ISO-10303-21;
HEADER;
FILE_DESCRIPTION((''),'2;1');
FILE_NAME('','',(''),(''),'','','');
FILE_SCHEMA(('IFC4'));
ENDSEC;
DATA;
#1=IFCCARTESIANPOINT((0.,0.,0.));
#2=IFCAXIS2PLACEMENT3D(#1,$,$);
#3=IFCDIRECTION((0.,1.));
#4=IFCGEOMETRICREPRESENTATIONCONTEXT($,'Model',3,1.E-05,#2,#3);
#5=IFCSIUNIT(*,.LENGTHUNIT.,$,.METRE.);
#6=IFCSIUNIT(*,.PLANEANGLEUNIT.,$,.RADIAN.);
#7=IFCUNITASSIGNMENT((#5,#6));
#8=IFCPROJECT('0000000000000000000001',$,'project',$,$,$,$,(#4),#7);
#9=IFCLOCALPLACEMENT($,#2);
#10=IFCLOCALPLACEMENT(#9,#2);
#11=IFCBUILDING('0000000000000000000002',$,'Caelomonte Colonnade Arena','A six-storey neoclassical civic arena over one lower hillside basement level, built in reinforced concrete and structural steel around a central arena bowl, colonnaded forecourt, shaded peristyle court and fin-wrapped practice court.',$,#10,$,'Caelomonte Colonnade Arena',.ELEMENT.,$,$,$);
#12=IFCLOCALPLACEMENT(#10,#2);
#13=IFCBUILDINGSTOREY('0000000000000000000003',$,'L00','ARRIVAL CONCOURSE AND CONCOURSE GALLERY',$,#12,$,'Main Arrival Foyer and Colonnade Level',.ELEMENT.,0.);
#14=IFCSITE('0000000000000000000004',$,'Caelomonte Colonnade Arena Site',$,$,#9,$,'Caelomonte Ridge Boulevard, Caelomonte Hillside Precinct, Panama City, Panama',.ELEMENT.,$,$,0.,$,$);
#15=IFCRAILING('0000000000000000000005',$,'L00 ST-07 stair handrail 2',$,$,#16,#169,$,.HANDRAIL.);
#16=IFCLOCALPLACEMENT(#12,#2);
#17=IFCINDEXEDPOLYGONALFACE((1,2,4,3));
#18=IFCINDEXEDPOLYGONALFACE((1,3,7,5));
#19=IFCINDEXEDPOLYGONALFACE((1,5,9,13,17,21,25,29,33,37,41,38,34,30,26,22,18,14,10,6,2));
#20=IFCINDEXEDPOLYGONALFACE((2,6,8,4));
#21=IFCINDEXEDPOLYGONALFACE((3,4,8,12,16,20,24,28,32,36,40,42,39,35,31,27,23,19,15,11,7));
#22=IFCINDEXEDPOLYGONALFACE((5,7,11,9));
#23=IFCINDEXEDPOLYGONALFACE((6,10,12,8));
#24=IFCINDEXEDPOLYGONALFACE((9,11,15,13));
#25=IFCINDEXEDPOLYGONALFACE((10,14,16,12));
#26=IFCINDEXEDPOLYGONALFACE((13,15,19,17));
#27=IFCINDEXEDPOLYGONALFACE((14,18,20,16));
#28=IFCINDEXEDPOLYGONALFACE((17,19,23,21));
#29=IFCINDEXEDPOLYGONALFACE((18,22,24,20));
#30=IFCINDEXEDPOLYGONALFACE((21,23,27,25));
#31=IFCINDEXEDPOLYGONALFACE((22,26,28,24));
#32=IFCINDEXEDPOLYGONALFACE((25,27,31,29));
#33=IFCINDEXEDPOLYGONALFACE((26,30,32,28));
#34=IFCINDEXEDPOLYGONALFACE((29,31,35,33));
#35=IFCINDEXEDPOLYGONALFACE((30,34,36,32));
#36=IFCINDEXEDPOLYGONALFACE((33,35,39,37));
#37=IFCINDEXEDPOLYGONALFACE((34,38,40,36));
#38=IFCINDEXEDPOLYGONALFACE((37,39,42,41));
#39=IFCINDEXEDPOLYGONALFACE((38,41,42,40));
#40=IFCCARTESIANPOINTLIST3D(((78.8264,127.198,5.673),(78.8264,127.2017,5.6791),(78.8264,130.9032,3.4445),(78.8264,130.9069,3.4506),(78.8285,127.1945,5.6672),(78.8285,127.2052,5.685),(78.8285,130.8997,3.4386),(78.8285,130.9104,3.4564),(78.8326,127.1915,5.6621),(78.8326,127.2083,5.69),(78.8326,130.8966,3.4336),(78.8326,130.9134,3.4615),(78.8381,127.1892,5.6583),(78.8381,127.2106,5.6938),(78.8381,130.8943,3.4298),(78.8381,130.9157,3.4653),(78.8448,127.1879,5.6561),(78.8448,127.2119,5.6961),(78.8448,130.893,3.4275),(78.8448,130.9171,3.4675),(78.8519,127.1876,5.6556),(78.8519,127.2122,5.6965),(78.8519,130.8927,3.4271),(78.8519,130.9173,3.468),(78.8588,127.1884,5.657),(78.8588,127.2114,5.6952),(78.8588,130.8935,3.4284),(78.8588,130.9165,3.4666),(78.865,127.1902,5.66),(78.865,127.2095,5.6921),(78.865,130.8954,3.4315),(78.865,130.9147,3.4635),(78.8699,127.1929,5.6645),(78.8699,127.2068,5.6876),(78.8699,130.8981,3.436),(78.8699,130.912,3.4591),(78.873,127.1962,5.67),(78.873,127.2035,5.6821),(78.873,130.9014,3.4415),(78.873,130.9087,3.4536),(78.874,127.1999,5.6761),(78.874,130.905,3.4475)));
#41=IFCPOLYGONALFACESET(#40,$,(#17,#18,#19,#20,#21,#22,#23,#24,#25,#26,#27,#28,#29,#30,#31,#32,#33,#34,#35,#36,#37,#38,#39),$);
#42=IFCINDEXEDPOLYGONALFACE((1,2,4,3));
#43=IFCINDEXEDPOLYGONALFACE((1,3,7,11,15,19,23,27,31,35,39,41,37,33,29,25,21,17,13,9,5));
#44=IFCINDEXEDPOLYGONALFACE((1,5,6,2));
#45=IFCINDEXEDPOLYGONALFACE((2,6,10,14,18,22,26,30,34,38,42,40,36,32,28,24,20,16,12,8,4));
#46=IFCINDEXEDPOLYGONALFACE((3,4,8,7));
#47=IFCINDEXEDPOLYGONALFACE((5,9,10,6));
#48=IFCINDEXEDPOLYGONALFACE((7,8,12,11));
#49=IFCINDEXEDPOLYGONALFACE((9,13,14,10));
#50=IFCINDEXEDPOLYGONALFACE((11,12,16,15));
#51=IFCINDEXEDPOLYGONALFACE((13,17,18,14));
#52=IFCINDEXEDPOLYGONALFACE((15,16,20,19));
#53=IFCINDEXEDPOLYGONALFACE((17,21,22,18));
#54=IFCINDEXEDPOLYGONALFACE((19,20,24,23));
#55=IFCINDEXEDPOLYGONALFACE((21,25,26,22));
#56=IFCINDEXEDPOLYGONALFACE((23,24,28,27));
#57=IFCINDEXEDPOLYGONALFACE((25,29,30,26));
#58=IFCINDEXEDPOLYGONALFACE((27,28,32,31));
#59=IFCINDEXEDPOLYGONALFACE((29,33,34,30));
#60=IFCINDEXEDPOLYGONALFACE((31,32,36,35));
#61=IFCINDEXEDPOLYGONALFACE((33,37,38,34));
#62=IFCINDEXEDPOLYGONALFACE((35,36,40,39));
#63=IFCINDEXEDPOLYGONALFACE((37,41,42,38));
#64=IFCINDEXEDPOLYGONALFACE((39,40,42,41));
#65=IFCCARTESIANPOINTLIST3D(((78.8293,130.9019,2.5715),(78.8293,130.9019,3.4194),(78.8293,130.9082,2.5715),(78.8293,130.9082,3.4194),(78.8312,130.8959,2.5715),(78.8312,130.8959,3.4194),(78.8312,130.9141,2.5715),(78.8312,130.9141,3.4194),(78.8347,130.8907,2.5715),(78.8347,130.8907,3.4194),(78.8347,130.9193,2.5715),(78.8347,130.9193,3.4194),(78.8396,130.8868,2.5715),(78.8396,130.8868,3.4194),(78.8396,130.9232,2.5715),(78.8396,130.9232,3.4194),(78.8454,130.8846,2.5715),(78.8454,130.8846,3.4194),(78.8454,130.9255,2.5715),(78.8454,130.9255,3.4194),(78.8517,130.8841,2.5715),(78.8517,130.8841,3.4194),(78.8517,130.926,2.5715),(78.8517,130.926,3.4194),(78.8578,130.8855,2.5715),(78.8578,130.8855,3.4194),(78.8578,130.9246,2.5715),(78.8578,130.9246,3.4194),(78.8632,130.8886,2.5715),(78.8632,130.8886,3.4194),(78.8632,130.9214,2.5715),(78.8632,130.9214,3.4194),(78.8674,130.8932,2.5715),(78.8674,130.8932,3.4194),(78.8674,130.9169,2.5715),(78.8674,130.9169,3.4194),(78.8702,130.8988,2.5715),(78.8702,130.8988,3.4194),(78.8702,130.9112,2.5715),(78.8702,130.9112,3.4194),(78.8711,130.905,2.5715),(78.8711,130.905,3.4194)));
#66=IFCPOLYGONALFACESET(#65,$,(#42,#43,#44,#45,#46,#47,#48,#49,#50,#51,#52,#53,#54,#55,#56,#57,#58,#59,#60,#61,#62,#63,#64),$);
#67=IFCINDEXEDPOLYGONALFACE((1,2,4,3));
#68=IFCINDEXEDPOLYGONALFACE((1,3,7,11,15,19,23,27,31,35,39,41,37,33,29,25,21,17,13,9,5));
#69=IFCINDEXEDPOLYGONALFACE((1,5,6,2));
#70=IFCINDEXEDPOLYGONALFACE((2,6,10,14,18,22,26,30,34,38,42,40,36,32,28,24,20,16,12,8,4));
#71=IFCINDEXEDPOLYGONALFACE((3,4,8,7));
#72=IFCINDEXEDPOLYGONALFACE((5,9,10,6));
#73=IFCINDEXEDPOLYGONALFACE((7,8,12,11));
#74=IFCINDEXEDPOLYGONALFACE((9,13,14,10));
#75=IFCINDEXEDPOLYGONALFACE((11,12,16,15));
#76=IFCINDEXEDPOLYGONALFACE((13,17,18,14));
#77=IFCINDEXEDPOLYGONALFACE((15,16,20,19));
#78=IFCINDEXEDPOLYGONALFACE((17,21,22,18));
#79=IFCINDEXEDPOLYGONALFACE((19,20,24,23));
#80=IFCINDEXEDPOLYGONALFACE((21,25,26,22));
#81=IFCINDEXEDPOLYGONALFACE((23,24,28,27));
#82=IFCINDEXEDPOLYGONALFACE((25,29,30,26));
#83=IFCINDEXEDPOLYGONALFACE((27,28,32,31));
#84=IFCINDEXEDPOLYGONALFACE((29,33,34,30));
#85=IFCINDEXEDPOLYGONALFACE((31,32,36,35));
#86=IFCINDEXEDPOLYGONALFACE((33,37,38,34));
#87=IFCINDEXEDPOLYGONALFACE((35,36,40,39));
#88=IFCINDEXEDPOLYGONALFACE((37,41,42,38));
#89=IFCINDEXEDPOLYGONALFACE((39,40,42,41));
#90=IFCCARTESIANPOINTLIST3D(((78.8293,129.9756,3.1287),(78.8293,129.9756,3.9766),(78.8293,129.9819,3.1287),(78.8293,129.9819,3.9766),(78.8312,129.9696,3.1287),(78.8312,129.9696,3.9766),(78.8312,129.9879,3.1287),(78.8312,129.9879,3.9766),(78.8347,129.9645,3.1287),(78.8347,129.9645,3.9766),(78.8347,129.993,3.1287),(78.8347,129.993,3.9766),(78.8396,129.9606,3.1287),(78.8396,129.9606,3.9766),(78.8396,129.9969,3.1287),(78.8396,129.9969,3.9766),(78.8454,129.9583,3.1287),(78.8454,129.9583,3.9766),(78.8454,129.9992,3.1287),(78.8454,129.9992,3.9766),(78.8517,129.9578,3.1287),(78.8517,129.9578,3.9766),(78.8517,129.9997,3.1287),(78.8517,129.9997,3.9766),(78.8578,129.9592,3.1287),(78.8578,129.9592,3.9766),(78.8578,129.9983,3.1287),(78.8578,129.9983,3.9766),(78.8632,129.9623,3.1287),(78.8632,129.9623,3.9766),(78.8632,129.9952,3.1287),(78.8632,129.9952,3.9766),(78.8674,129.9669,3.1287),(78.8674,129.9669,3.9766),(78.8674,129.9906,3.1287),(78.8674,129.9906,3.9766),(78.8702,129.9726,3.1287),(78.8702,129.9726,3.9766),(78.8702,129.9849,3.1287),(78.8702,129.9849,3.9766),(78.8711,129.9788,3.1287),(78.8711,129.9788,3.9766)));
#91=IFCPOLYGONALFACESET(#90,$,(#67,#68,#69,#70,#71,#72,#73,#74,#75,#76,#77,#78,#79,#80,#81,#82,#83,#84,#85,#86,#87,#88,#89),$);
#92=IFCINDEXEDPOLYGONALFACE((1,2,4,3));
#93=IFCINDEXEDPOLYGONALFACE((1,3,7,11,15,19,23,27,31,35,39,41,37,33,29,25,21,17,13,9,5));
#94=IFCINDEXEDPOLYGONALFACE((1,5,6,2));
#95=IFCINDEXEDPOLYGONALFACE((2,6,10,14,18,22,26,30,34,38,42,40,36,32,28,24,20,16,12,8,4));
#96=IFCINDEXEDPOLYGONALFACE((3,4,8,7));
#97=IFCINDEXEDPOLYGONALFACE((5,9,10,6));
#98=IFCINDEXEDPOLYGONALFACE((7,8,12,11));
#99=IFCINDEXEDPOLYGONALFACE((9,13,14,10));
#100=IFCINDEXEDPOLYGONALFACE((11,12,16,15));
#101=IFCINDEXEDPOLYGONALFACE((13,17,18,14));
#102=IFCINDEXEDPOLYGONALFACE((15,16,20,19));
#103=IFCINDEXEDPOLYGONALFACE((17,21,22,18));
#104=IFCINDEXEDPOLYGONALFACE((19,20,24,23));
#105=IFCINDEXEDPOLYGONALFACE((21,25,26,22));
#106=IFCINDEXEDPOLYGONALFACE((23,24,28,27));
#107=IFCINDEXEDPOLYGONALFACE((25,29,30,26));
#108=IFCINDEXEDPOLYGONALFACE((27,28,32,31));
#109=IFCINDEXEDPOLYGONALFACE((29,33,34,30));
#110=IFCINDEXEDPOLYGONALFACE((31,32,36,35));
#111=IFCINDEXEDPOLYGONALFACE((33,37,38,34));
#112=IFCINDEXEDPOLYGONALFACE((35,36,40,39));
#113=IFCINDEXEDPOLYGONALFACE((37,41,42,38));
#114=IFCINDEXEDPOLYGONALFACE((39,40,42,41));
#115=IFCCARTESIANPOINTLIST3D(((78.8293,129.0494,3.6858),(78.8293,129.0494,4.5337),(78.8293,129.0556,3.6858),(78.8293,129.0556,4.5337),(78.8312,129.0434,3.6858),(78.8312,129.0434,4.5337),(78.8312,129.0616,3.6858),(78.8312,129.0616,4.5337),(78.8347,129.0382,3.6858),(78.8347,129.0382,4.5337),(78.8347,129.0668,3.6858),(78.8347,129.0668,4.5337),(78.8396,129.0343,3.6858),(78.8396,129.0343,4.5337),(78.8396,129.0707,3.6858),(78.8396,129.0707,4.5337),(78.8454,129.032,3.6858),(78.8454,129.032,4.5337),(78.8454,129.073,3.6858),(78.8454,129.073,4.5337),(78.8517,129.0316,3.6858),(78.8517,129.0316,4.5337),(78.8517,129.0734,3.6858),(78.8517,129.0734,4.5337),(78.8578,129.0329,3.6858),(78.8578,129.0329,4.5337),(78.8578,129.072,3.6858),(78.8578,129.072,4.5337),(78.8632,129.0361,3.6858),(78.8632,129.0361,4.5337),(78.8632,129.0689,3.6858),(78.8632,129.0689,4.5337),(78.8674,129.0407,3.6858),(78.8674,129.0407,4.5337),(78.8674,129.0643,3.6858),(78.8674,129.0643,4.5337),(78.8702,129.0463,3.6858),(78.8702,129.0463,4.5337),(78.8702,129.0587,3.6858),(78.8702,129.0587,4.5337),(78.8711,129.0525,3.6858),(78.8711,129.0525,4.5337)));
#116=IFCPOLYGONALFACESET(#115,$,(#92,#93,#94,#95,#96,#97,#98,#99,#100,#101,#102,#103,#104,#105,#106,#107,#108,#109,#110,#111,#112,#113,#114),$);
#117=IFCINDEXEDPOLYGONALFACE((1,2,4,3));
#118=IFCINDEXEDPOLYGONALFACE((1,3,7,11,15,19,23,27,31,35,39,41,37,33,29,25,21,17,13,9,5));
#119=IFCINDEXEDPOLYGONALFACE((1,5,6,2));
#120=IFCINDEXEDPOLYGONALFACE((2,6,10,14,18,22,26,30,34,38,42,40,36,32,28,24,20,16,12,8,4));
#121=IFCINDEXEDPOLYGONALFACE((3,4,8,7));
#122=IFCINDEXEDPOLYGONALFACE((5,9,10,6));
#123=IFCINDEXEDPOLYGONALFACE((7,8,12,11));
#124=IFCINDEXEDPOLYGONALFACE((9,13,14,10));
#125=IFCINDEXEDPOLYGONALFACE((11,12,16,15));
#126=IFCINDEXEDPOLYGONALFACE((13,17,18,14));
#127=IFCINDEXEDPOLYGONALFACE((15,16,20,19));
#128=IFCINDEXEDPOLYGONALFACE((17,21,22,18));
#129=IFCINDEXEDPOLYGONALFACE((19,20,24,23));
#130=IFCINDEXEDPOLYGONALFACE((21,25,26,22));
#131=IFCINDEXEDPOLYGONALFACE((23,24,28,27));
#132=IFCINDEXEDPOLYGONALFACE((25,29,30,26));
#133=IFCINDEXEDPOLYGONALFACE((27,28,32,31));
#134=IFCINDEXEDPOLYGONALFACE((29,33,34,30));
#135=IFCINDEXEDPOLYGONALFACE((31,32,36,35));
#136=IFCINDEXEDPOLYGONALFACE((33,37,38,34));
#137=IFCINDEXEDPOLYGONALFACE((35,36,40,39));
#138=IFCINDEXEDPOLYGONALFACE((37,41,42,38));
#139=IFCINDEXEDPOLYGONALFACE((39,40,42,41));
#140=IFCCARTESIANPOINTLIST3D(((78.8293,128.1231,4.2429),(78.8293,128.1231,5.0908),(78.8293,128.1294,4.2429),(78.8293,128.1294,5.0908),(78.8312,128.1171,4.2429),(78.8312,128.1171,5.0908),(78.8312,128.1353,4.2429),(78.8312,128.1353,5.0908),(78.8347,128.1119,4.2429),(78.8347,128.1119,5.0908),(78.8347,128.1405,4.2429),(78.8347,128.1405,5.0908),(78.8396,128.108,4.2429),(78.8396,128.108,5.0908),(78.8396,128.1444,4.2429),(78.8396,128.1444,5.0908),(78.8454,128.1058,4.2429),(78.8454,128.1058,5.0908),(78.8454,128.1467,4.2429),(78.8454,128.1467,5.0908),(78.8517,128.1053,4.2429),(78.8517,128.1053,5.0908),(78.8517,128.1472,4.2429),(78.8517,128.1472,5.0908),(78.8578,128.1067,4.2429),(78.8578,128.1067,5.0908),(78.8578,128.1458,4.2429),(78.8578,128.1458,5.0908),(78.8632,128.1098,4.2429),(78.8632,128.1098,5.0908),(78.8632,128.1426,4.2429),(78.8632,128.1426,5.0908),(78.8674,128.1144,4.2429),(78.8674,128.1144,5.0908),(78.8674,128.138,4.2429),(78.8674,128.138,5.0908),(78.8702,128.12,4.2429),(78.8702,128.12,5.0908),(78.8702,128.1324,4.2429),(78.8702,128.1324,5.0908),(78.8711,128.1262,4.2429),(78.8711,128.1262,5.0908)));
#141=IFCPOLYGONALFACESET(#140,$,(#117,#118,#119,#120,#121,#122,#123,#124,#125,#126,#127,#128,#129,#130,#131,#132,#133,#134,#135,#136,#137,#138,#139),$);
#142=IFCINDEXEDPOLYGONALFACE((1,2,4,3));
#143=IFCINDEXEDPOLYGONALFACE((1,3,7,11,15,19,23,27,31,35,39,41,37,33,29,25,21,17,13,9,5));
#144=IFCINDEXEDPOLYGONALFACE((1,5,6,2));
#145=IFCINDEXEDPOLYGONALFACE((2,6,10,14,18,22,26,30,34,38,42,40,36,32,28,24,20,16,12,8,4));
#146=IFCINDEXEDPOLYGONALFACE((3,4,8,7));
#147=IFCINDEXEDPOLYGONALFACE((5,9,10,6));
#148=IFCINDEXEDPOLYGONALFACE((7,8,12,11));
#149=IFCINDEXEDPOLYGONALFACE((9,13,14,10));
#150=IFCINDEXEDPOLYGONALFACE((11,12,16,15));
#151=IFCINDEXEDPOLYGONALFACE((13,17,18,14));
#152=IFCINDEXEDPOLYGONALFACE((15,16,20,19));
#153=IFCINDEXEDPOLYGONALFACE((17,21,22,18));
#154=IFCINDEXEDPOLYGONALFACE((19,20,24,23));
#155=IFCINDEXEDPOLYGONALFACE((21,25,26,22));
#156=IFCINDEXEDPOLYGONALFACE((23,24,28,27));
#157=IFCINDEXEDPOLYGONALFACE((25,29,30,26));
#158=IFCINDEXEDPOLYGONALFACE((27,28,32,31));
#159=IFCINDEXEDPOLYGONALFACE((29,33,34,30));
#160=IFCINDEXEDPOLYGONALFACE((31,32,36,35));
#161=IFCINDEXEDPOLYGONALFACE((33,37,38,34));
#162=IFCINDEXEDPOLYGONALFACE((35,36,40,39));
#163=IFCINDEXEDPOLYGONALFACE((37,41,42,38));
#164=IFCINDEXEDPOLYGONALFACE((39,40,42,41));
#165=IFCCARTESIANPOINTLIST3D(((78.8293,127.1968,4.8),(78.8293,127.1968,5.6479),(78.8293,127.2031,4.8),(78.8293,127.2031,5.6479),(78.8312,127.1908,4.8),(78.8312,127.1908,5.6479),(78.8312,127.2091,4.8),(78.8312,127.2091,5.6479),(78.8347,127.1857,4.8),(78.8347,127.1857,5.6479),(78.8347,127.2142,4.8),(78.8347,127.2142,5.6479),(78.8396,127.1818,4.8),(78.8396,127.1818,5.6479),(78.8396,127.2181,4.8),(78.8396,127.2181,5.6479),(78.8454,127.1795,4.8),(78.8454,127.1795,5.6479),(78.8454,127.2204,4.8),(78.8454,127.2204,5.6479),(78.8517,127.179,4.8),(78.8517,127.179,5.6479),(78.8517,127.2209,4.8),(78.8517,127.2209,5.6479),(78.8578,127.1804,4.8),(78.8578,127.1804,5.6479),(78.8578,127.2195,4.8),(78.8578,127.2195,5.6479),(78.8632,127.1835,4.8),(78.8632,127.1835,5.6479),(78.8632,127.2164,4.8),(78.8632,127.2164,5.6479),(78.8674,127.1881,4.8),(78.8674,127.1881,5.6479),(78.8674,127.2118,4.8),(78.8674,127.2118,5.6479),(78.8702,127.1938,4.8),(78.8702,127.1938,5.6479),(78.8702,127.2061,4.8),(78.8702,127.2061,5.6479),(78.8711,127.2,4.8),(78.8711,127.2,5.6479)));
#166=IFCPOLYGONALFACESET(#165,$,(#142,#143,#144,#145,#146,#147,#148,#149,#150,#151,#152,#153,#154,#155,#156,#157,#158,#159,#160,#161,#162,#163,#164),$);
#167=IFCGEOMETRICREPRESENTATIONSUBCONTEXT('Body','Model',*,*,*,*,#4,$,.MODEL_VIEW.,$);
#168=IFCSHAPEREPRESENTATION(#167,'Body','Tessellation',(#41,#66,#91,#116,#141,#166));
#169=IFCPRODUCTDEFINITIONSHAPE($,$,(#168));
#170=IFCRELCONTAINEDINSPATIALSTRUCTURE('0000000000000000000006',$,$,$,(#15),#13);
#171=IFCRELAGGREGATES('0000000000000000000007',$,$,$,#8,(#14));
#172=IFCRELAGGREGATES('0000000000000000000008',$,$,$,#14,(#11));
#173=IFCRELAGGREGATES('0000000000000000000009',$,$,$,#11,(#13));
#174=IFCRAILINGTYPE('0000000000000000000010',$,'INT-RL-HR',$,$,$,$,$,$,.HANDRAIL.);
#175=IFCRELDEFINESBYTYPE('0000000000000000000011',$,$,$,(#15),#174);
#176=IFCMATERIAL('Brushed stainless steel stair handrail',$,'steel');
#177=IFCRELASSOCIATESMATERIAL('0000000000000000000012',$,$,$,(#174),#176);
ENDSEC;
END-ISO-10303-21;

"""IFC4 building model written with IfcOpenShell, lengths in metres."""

from ifc_helpers import new_model, si_unit, direction, frame, origin, origin_2d, place, context, subcontext, project, spatial, circle, extrude, material, type_object, element, save


model = new_model("IFC4")

# Units and contexts
model_context = context("Model", 3, precision=1e-05, world=origin(), true_north=direction((0.0, 1.0)))
body_context = subcontext(model_context, "Body", "Model", "MODEL_VIEW")
ifc_project = project(units=[si_unit("LENGTHUNIT", "METRE"), si_unit("PLANEANGLEUNIT", "RADIAN")], contexts=[model_context])

# Site, building, storey
site_placement = place(None, origin())
site = spatial("IfcSite", under=ifc_project, at=site_placement, Name="Caelomonte Colonnade Arena Site", LongName="Caelomonte Ridge Boulevard, Caelomonte Hillside Precinct, Panama City, Panama", CompositionType="ELEMENT", RefElevation=0.0)
building_placement = place(site_placement, origin())
building = spatial("IfcBuilding", under=site, at=building_placement, Name="Caelomonte Colonnade Arena", Description="A six-storey neoclassical civic arena over one lower hillside basement level, built in reinforced concrete and structural steel around a central arena bowl, colonnaded forecourt, shaded peristyle court and fin-wrapped practice court.", LongName="Caelomonte Colonnade Arena", CompositionType="ELEMENT")
storey_placement = place(building_placement, origin())
storey = spatial("IfcBuildingStorey", under=building, at=storey_placement, Name="L00", Description="ARRIVAL CONCOURSE AND CONCOURSE GALLERY", LongName="Main Arrival Foyer and Colonnade Level", CompositionType="ELEMENT", Elevation=0.0)

# Railing
ifc_material_1 = material(Name="Brushed stainless steel stair handrail", Category="steel")
railing_type_1 = type_object("IfcRailingType", Name="INT-RL-HR", PredefinedType="HANDRAIL", material=ifc_material_1)
railing_1_placement = place(storey_placement, frame((78.8501, 130.905, 2.5715)))
element("IfcRailing", 1, at=railing_1_placement, inside=storey, type_object=railing_type_1, Name="L00 ST-07 stair handrail 2", PredefinedType="HANDRAIL", context=body_context, shape_type="SweptSolid", body=[
    extrude(circle(Radius=0.0239, at=origin_2d()), frame((0.0, 0.0, 0.876), z_axis=(0.0, -0.856934, 0.515425), x_axis=(1.0, 0.0, 0.0)), (0.0, 0.0, 1.0), 4.3237),
    extrude(circle(Radius=0.021, at=origin_2d()), origin(), (0.0, 0.0, 1.0), 0.8479),
    extrude(circle(Radius=0.021, at=origin_2d()), frame((0.0, -0.9263, 0.5571)), (0.0, 0.0, 1.0), 0.8479),
    extrude(circle(Radius=0.021, at=origin_2d()), frame((0.0, -1.8525, 1.1143)), (0.0, 0.0, 1.0), 0.8479),
    extrude(circle(Radius=0.021, at=origin_2d()), frame((0.0, -2.7788, 1.6714)), (0.0, 0.0, 1.0), 0.8479),
    extrude(circle(Radius=0.021, at=origin_2d()), frame((0.0, -3.7051, 2.2285)), (0.0, 0.0, 1.0), 0.8479),
])

save(model, "model.ifc")
